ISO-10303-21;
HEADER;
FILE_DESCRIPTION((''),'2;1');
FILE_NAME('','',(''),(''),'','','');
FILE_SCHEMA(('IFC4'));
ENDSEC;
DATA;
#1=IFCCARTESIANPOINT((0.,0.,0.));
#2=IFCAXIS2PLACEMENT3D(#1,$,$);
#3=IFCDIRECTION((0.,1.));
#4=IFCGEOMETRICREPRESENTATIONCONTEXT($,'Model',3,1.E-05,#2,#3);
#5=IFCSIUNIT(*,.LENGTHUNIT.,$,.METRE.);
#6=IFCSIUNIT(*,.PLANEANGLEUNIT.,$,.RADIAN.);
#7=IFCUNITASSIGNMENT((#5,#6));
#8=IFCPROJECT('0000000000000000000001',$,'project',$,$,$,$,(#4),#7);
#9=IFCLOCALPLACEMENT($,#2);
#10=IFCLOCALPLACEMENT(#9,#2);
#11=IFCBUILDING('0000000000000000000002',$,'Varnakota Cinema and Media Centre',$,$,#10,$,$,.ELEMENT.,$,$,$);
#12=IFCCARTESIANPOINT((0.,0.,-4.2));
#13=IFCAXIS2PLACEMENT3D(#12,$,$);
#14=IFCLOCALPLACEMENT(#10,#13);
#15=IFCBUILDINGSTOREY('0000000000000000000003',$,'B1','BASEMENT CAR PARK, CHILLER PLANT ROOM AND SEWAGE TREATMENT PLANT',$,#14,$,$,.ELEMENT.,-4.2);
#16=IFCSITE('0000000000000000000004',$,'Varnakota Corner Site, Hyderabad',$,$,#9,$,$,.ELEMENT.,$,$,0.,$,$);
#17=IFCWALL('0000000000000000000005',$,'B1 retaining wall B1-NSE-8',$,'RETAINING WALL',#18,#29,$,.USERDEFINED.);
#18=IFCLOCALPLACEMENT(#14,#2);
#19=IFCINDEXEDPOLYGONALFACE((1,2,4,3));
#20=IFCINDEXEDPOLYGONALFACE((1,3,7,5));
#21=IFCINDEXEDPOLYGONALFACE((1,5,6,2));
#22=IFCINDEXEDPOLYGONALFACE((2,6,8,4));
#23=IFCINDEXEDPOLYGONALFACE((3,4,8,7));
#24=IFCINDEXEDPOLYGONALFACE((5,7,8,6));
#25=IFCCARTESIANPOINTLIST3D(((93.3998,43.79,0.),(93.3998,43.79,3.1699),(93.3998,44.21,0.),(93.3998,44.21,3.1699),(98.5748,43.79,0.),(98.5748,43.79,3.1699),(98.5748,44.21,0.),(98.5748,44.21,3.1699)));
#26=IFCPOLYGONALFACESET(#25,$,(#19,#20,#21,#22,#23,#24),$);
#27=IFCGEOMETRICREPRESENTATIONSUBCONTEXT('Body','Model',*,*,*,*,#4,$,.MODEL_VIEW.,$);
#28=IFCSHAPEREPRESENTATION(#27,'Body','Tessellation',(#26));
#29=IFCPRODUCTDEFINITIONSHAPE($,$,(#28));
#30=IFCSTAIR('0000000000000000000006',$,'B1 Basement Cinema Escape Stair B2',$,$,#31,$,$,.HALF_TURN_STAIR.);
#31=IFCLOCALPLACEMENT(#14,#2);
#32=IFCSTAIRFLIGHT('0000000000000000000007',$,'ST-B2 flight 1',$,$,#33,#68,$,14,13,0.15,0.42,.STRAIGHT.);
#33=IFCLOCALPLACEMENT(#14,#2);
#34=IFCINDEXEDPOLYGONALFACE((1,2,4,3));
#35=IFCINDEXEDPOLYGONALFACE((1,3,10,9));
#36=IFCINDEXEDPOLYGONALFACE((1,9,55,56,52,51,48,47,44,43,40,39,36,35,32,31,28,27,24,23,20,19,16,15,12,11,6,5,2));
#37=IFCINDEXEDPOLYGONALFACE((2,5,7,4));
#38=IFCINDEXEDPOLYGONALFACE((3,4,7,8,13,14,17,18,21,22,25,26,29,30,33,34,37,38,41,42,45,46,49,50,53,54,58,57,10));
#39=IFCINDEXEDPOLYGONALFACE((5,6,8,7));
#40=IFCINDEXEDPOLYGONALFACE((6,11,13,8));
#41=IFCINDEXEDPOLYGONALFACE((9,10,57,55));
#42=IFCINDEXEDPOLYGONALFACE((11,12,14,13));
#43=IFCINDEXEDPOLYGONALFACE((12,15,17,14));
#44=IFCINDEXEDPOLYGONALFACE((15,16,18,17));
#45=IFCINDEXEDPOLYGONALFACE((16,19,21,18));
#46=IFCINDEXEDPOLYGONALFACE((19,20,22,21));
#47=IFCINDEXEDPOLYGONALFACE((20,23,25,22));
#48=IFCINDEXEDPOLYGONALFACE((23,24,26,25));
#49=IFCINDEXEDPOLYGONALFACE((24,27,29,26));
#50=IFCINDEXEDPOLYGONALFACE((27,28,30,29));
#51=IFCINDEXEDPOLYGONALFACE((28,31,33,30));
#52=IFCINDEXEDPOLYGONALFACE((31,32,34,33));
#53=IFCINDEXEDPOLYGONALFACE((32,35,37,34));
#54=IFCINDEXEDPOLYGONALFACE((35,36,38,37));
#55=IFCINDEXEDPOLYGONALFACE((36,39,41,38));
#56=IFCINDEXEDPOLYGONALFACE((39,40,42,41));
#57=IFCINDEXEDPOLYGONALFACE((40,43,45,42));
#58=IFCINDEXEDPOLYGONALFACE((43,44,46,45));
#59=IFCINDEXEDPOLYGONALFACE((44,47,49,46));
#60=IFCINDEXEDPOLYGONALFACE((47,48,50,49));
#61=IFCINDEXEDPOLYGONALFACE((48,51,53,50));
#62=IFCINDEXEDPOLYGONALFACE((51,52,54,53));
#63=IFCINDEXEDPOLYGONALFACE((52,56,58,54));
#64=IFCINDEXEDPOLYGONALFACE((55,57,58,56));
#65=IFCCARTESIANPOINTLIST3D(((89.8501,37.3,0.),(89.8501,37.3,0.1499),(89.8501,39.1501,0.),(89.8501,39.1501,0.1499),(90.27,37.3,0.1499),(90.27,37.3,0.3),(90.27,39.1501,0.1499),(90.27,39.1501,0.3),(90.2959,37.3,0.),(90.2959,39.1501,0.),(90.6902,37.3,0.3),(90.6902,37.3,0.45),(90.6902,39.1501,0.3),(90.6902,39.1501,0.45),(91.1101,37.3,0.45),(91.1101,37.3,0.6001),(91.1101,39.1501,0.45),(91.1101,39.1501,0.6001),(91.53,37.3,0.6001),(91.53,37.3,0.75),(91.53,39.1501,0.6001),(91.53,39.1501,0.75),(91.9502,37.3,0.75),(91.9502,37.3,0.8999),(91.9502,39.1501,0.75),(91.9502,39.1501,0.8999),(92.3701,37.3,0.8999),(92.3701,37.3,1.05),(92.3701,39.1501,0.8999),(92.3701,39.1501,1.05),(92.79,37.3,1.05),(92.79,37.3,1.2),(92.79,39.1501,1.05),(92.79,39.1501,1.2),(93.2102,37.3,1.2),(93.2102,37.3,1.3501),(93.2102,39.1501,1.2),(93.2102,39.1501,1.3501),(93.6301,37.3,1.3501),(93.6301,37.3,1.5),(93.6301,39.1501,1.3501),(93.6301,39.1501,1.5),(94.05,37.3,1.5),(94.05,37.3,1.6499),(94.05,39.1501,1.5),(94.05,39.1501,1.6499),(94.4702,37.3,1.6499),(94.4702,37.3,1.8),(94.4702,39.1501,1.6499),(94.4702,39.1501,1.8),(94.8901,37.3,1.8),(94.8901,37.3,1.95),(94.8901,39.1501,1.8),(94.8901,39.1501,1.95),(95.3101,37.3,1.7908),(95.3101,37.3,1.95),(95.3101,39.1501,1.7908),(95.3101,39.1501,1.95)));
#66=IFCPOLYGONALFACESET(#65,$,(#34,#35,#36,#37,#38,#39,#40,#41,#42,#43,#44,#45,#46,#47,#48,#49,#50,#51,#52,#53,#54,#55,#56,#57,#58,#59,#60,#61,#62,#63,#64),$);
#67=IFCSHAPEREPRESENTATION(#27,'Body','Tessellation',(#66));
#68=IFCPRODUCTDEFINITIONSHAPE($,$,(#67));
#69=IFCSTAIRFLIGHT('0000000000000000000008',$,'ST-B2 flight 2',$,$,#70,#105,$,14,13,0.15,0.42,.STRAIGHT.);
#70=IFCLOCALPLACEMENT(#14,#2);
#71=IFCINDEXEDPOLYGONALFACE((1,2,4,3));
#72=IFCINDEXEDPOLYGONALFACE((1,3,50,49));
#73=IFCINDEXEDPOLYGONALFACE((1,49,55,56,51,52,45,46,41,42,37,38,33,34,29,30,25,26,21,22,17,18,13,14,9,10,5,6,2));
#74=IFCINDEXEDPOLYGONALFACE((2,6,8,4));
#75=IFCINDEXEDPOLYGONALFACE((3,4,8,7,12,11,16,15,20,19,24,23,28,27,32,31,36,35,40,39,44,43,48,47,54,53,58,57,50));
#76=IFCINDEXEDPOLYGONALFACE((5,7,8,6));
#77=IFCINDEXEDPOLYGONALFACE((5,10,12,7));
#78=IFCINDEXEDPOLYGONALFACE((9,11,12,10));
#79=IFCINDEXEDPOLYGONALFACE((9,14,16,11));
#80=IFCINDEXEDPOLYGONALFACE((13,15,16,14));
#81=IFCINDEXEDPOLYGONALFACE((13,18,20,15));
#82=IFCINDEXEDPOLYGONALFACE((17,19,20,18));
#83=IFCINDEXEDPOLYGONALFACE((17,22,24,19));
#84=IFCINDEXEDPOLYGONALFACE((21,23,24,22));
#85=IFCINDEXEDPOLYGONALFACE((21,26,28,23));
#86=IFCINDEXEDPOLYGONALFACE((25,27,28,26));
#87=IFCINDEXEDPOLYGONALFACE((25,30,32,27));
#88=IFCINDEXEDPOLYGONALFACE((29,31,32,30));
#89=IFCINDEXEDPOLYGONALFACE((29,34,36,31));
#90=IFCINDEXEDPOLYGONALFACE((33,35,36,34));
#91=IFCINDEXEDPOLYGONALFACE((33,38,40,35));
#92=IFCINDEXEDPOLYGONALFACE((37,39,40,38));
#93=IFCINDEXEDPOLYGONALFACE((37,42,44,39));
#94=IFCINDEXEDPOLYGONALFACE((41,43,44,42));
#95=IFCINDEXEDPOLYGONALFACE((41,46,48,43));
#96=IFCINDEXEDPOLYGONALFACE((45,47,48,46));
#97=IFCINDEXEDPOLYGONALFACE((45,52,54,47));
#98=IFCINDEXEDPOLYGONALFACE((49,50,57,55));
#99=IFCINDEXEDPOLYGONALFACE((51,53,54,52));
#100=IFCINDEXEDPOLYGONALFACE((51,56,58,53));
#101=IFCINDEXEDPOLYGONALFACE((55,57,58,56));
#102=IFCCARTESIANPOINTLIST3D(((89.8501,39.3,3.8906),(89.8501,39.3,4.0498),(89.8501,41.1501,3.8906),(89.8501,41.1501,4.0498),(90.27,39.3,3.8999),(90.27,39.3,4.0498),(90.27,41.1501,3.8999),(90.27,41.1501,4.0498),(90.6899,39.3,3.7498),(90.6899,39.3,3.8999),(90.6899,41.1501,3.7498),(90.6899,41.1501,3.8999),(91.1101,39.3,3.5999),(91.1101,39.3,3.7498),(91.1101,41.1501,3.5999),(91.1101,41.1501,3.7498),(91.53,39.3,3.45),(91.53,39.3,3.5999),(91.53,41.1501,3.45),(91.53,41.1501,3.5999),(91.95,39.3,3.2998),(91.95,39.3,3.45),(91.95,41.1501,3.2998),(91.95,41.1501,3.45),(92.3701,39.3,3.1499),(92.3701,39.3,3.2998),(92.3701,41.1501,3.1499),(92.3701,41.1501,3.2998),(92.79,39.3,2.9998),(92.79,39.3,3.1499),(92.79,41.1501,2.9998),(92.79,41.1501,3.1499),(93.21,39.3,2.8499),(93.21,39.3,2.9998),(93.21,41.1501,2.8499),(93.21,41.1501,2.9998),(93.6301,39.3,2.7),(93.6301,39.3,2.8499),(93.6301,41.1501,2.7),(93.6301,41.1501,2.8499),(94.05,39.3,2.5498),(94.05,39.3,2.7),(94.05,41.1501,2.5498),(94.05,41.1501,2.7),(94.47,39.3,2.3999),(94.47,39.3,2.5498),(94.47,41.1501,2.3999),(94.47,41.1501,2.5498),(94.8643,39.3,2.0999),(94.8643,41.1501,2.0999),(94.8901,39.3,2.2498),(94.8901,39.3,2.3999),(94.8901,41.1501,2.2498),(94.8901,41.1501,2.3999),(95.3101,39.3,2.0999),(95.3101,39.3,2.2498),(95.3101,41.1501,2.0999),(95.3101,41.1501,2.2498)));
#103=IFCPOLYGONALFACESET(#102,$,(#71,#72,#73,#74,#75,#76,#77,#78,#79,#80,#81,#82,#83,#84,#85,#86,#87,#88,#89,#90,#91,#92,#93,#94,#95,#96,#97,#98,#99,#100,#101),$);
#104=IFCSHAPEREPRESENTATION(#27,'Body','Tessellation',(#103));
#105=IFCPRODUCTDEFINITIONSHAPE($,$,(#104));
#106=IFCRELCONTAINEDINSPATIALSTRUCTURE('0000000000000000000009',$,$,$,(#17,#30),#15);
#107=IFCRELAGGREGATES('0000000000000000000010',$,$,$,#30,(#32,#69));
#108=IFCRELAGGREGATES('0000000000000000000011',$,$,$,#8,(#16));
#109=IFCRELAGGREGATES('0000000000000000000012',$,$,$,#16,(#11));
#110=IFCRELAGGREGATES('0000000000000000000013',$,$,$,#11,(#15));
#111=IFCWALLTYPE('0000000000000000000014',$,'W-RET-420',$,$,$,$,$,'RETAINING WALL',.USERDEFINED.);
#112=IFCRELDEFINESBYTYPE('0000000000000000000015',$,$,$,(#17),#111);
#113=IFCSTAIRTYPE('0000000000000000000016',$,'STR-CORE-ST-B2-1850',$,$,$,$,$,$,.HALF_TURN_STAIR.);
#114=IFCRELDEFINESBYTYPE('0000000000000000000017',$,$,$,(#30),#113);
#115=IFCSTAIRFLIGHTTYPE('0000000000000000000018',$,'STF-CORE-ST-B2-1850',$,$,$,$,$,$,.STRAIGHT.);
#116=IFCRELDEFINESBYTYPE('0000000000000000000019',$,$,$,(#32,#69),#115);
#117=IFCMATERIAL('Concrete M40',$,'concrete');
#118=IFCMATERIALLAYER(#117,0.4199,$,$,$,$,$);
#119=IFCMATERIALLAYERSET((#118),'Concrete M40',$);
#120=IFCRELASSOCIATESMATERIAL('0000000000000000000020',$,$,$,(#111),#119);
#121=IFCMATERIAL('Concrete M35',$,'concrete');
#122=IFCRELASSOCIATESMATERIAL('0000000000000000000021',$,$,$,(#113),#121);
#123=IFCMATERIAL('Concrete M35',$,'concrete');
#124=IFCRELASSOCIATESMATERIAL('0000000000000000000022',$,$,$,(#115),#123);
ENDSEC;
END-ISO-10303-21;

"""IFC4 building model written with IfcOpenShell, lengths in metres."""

from ifc_helpers import new_model, si_unit, direction, frame, frame_2d, origin, place, context, subcontext, project, spatial, polyline, rectangle, outline, extrude, material, layer, layer_set, type_object, element, aggregate, save


model = new_model("IFC4")

# Units and contexts
model_context = context("Model", 3, precision=1e-05, world=origin(), true_north=direction((0.0, 1.0)))
body_context = subcontext(model_context, "Body", "Model", "MODEL_VIEW")
ifc_project = project(units=[si_unit("LENGTHUNIT", "METRE"), si_unit("PLANEANGLEUNIT", "RADIAN")], contexts=[model_context])

# Site, building, storey
site_placement = place(None, origin())
site = spatial("IfcSite", under=ifc_project, at=site_placement, Name="Varnakota Corner Site, Hyderabad", CompositionType="ELEMENT", RefElevation=0.0)
building_placement = place(site_placement, origin())
building = spatial("IfcBuilding", under=site, at=building_placement, Name="Varnakota Cinema and Media Centre", CompositionType="ELEMENT")
storey_placement = place(building_placement, frame((0.0, 0.0, -4.2)))
storey = spatial("IfcBuildingStorey", under=building, at=storey_placement, Name="B1", Description="BASEMENT CAR PARK, CHILLER PLANT ROOM AND SEWAGE TREATMENT PLANT", CompositionType="ELEMENT", Elevation=-4.2)

# Wall
ifc_material_1 = material(Name="Concrete M40", Category="concrete")
ifc_layer_1 = layer(ifc_material_1, 0.4199)
ifc_layer_set_1 = layer_set([ifc_layer_1], Name="Concrete M40")
wall_type_1 = type_object("IfcWallType", Name="W-RET-420", ElementType="RETAINING WALL", PredefinedType="USERDEFINED", material=ifc_layer_set_1)
for number, where, z_axis, x_axis, name in (
    (1, (93.3999, 44.0, 0.0), (0.0, 0.0, 1.0), (1.0, 0.0, 0.0), "B1 retaining wall B1-NSE-8"),
):
    element("IfcWall", number, at=place(storey_placement, frame(where, z_axis=z_axis, x_axis=x_axis)), inside=storey, type_object=wall_type_1, Name=name, ObjectType="RETAINING WALL", PredefinedType="USERDEFINED", context=body_context, shape_type="SweptSolid", body=[
        extrude(rectangle(XDim=5.175, YDim=0.4199, at=frame_2d((2.5874, 0.0))), origin(), (0.0, 0.0, 1.0), 3.1699),
    ])

# Stair, stair flights
ifc_material_2 = material(Name="Concrete M35", Category="concrete")
stair_type = type_object("IfcStairType", Name="STR-CORE-ST-B2-1850", PredefinedType="HALF_TURN_STAIR", material=ifc_material_2)
stair_placement = place(storey_placement, origin())
stair = element("IfcStair", 2, at=stair_placement, inside=storey, type_object=stair_type, Name="B1 Basement Cinema Escape Stair B2", PredefinedType="HALF_TURN_STAIR")
ifc_material_3 = material(Name="Concrete M35", Category="concrete")
stair_flight_type = type_object("IfcStairFlightType", Name="STF-CORE-ST-B2-1850", PredefinedType="STRAIGHT", material=ifc_material_3)
stair_flight_1_placement = place(storey_placement, frame((89.8501, 38.2251, 0.0), z_axis=(0.0, 0.0, 1.0), x_axis=(1.0, 0.0, 0.0)))
stair_flight_1 = element("IfcStairFlight", 3, at=stair_flight_1_placement, type_object=stair_flight_type, Name="ST-B2 flight 1", NumberOfRisers=14, NumberOfTreads=13, PredefinedType="STRAIGHT", RiserHeight=0.15, TreadLength=0.42, context=body_context, shape_type="SweptSolid", body=[
    extrude(outline(polyline([(0.0, 0.0), (0.0, 0.1499), (0.4199, 0.1499), (0.4199, 0.3), (0.8401, 0.3), (0.8401, 0.45), (1.26, 0.45), (1.26, 0.6001), (1.6799, 0.6001), (1.6799, 0.75), (2.1001, 0.75), (2.1001, 0.8999), (2.52, 0.8999), (2.52, 1.05), (2.9399, 1.05), (2.9399, 1.2), (3.3601, 1.2), (3.3601, 1.3501), (3.78, 1.3501), (3.78, 1.5), (4.2, 1.5), (4.2, 1.6499), (4.6201, 1.6499), (4.6201, 1.8), (5.04, 1.8), (5.04, 1.95), (5.46, 1.95), (5.46, 2.1001), (5.46, 1.7908), (0.4458, 0.0), (0.0, 0.0)])), frame((0.0, 0.925, 0.0), z_axis=(0.0, -1.0, 0.0), x_axis=(1.0, 0.0, 0.0)), (0.0, 0.0, 1.0), 1.8501),
])
stair_flight_2_placement = place(storey_placement, frame((95.3101, 40.2251, 2.0999), z_axis=(0.0, 0.0, 1.0), x_axis=(-1.0, 0.0, 0.0)))
stair_flight_2 = element("IfcStairFlight", 4, at=stair_flight_2_placement, type_object=stair_flight_type, Name="ST-B2 flight 2", NumberOfRisers=14, NumberOfTreads=13, PredefinedType="STRAIGHT", RiserHeight=0.15, TreadLength=0.42, context=body_context, shape_type="SweptSolid", body=[
    extrude(outline(polyline([(0.0, 0.0), (0.0, 0.1499), (0.4199, 0.1499), (0.4199, 0.3), (0.8401, 0.3), (0.8401, 0.45), (1.26, 0.45), (1.26, 0.6001), (1.6799, 0.6001), (1.6799, 0.75), (2.1001, 0.75), (2.1001, 0.8999), (2.52, 0.8999), (2.52, 1.05), (2.9399, 1.05), (2.9399, 1.2), (3.3601, 1.2), (3.3601, 1.3501), (3.78, 1.3501), (3.78, 1.5), (4.2, 1.5), (4.2, 1.6499), (4.6201, 1.6499), (4.6201, 1.8), (5.04, 1.8), (5.04, 1.95), (5.46, 1.95), (5.46, 2.1001), (5.46, 1.7908), (0.4458, 0.0), (0.0, 0.0)])), frame((0.0, 0.925, 0.0), z_axis=(0.0, -1.0, 0.0), x_axis=(1.0, 0.0, 0.0)), (0.0, 0.0, 1.0), 1.8501),
])
aggregate(stair, [stair_flight_1, stair_flight_2])

save(model, "model.ifc")
